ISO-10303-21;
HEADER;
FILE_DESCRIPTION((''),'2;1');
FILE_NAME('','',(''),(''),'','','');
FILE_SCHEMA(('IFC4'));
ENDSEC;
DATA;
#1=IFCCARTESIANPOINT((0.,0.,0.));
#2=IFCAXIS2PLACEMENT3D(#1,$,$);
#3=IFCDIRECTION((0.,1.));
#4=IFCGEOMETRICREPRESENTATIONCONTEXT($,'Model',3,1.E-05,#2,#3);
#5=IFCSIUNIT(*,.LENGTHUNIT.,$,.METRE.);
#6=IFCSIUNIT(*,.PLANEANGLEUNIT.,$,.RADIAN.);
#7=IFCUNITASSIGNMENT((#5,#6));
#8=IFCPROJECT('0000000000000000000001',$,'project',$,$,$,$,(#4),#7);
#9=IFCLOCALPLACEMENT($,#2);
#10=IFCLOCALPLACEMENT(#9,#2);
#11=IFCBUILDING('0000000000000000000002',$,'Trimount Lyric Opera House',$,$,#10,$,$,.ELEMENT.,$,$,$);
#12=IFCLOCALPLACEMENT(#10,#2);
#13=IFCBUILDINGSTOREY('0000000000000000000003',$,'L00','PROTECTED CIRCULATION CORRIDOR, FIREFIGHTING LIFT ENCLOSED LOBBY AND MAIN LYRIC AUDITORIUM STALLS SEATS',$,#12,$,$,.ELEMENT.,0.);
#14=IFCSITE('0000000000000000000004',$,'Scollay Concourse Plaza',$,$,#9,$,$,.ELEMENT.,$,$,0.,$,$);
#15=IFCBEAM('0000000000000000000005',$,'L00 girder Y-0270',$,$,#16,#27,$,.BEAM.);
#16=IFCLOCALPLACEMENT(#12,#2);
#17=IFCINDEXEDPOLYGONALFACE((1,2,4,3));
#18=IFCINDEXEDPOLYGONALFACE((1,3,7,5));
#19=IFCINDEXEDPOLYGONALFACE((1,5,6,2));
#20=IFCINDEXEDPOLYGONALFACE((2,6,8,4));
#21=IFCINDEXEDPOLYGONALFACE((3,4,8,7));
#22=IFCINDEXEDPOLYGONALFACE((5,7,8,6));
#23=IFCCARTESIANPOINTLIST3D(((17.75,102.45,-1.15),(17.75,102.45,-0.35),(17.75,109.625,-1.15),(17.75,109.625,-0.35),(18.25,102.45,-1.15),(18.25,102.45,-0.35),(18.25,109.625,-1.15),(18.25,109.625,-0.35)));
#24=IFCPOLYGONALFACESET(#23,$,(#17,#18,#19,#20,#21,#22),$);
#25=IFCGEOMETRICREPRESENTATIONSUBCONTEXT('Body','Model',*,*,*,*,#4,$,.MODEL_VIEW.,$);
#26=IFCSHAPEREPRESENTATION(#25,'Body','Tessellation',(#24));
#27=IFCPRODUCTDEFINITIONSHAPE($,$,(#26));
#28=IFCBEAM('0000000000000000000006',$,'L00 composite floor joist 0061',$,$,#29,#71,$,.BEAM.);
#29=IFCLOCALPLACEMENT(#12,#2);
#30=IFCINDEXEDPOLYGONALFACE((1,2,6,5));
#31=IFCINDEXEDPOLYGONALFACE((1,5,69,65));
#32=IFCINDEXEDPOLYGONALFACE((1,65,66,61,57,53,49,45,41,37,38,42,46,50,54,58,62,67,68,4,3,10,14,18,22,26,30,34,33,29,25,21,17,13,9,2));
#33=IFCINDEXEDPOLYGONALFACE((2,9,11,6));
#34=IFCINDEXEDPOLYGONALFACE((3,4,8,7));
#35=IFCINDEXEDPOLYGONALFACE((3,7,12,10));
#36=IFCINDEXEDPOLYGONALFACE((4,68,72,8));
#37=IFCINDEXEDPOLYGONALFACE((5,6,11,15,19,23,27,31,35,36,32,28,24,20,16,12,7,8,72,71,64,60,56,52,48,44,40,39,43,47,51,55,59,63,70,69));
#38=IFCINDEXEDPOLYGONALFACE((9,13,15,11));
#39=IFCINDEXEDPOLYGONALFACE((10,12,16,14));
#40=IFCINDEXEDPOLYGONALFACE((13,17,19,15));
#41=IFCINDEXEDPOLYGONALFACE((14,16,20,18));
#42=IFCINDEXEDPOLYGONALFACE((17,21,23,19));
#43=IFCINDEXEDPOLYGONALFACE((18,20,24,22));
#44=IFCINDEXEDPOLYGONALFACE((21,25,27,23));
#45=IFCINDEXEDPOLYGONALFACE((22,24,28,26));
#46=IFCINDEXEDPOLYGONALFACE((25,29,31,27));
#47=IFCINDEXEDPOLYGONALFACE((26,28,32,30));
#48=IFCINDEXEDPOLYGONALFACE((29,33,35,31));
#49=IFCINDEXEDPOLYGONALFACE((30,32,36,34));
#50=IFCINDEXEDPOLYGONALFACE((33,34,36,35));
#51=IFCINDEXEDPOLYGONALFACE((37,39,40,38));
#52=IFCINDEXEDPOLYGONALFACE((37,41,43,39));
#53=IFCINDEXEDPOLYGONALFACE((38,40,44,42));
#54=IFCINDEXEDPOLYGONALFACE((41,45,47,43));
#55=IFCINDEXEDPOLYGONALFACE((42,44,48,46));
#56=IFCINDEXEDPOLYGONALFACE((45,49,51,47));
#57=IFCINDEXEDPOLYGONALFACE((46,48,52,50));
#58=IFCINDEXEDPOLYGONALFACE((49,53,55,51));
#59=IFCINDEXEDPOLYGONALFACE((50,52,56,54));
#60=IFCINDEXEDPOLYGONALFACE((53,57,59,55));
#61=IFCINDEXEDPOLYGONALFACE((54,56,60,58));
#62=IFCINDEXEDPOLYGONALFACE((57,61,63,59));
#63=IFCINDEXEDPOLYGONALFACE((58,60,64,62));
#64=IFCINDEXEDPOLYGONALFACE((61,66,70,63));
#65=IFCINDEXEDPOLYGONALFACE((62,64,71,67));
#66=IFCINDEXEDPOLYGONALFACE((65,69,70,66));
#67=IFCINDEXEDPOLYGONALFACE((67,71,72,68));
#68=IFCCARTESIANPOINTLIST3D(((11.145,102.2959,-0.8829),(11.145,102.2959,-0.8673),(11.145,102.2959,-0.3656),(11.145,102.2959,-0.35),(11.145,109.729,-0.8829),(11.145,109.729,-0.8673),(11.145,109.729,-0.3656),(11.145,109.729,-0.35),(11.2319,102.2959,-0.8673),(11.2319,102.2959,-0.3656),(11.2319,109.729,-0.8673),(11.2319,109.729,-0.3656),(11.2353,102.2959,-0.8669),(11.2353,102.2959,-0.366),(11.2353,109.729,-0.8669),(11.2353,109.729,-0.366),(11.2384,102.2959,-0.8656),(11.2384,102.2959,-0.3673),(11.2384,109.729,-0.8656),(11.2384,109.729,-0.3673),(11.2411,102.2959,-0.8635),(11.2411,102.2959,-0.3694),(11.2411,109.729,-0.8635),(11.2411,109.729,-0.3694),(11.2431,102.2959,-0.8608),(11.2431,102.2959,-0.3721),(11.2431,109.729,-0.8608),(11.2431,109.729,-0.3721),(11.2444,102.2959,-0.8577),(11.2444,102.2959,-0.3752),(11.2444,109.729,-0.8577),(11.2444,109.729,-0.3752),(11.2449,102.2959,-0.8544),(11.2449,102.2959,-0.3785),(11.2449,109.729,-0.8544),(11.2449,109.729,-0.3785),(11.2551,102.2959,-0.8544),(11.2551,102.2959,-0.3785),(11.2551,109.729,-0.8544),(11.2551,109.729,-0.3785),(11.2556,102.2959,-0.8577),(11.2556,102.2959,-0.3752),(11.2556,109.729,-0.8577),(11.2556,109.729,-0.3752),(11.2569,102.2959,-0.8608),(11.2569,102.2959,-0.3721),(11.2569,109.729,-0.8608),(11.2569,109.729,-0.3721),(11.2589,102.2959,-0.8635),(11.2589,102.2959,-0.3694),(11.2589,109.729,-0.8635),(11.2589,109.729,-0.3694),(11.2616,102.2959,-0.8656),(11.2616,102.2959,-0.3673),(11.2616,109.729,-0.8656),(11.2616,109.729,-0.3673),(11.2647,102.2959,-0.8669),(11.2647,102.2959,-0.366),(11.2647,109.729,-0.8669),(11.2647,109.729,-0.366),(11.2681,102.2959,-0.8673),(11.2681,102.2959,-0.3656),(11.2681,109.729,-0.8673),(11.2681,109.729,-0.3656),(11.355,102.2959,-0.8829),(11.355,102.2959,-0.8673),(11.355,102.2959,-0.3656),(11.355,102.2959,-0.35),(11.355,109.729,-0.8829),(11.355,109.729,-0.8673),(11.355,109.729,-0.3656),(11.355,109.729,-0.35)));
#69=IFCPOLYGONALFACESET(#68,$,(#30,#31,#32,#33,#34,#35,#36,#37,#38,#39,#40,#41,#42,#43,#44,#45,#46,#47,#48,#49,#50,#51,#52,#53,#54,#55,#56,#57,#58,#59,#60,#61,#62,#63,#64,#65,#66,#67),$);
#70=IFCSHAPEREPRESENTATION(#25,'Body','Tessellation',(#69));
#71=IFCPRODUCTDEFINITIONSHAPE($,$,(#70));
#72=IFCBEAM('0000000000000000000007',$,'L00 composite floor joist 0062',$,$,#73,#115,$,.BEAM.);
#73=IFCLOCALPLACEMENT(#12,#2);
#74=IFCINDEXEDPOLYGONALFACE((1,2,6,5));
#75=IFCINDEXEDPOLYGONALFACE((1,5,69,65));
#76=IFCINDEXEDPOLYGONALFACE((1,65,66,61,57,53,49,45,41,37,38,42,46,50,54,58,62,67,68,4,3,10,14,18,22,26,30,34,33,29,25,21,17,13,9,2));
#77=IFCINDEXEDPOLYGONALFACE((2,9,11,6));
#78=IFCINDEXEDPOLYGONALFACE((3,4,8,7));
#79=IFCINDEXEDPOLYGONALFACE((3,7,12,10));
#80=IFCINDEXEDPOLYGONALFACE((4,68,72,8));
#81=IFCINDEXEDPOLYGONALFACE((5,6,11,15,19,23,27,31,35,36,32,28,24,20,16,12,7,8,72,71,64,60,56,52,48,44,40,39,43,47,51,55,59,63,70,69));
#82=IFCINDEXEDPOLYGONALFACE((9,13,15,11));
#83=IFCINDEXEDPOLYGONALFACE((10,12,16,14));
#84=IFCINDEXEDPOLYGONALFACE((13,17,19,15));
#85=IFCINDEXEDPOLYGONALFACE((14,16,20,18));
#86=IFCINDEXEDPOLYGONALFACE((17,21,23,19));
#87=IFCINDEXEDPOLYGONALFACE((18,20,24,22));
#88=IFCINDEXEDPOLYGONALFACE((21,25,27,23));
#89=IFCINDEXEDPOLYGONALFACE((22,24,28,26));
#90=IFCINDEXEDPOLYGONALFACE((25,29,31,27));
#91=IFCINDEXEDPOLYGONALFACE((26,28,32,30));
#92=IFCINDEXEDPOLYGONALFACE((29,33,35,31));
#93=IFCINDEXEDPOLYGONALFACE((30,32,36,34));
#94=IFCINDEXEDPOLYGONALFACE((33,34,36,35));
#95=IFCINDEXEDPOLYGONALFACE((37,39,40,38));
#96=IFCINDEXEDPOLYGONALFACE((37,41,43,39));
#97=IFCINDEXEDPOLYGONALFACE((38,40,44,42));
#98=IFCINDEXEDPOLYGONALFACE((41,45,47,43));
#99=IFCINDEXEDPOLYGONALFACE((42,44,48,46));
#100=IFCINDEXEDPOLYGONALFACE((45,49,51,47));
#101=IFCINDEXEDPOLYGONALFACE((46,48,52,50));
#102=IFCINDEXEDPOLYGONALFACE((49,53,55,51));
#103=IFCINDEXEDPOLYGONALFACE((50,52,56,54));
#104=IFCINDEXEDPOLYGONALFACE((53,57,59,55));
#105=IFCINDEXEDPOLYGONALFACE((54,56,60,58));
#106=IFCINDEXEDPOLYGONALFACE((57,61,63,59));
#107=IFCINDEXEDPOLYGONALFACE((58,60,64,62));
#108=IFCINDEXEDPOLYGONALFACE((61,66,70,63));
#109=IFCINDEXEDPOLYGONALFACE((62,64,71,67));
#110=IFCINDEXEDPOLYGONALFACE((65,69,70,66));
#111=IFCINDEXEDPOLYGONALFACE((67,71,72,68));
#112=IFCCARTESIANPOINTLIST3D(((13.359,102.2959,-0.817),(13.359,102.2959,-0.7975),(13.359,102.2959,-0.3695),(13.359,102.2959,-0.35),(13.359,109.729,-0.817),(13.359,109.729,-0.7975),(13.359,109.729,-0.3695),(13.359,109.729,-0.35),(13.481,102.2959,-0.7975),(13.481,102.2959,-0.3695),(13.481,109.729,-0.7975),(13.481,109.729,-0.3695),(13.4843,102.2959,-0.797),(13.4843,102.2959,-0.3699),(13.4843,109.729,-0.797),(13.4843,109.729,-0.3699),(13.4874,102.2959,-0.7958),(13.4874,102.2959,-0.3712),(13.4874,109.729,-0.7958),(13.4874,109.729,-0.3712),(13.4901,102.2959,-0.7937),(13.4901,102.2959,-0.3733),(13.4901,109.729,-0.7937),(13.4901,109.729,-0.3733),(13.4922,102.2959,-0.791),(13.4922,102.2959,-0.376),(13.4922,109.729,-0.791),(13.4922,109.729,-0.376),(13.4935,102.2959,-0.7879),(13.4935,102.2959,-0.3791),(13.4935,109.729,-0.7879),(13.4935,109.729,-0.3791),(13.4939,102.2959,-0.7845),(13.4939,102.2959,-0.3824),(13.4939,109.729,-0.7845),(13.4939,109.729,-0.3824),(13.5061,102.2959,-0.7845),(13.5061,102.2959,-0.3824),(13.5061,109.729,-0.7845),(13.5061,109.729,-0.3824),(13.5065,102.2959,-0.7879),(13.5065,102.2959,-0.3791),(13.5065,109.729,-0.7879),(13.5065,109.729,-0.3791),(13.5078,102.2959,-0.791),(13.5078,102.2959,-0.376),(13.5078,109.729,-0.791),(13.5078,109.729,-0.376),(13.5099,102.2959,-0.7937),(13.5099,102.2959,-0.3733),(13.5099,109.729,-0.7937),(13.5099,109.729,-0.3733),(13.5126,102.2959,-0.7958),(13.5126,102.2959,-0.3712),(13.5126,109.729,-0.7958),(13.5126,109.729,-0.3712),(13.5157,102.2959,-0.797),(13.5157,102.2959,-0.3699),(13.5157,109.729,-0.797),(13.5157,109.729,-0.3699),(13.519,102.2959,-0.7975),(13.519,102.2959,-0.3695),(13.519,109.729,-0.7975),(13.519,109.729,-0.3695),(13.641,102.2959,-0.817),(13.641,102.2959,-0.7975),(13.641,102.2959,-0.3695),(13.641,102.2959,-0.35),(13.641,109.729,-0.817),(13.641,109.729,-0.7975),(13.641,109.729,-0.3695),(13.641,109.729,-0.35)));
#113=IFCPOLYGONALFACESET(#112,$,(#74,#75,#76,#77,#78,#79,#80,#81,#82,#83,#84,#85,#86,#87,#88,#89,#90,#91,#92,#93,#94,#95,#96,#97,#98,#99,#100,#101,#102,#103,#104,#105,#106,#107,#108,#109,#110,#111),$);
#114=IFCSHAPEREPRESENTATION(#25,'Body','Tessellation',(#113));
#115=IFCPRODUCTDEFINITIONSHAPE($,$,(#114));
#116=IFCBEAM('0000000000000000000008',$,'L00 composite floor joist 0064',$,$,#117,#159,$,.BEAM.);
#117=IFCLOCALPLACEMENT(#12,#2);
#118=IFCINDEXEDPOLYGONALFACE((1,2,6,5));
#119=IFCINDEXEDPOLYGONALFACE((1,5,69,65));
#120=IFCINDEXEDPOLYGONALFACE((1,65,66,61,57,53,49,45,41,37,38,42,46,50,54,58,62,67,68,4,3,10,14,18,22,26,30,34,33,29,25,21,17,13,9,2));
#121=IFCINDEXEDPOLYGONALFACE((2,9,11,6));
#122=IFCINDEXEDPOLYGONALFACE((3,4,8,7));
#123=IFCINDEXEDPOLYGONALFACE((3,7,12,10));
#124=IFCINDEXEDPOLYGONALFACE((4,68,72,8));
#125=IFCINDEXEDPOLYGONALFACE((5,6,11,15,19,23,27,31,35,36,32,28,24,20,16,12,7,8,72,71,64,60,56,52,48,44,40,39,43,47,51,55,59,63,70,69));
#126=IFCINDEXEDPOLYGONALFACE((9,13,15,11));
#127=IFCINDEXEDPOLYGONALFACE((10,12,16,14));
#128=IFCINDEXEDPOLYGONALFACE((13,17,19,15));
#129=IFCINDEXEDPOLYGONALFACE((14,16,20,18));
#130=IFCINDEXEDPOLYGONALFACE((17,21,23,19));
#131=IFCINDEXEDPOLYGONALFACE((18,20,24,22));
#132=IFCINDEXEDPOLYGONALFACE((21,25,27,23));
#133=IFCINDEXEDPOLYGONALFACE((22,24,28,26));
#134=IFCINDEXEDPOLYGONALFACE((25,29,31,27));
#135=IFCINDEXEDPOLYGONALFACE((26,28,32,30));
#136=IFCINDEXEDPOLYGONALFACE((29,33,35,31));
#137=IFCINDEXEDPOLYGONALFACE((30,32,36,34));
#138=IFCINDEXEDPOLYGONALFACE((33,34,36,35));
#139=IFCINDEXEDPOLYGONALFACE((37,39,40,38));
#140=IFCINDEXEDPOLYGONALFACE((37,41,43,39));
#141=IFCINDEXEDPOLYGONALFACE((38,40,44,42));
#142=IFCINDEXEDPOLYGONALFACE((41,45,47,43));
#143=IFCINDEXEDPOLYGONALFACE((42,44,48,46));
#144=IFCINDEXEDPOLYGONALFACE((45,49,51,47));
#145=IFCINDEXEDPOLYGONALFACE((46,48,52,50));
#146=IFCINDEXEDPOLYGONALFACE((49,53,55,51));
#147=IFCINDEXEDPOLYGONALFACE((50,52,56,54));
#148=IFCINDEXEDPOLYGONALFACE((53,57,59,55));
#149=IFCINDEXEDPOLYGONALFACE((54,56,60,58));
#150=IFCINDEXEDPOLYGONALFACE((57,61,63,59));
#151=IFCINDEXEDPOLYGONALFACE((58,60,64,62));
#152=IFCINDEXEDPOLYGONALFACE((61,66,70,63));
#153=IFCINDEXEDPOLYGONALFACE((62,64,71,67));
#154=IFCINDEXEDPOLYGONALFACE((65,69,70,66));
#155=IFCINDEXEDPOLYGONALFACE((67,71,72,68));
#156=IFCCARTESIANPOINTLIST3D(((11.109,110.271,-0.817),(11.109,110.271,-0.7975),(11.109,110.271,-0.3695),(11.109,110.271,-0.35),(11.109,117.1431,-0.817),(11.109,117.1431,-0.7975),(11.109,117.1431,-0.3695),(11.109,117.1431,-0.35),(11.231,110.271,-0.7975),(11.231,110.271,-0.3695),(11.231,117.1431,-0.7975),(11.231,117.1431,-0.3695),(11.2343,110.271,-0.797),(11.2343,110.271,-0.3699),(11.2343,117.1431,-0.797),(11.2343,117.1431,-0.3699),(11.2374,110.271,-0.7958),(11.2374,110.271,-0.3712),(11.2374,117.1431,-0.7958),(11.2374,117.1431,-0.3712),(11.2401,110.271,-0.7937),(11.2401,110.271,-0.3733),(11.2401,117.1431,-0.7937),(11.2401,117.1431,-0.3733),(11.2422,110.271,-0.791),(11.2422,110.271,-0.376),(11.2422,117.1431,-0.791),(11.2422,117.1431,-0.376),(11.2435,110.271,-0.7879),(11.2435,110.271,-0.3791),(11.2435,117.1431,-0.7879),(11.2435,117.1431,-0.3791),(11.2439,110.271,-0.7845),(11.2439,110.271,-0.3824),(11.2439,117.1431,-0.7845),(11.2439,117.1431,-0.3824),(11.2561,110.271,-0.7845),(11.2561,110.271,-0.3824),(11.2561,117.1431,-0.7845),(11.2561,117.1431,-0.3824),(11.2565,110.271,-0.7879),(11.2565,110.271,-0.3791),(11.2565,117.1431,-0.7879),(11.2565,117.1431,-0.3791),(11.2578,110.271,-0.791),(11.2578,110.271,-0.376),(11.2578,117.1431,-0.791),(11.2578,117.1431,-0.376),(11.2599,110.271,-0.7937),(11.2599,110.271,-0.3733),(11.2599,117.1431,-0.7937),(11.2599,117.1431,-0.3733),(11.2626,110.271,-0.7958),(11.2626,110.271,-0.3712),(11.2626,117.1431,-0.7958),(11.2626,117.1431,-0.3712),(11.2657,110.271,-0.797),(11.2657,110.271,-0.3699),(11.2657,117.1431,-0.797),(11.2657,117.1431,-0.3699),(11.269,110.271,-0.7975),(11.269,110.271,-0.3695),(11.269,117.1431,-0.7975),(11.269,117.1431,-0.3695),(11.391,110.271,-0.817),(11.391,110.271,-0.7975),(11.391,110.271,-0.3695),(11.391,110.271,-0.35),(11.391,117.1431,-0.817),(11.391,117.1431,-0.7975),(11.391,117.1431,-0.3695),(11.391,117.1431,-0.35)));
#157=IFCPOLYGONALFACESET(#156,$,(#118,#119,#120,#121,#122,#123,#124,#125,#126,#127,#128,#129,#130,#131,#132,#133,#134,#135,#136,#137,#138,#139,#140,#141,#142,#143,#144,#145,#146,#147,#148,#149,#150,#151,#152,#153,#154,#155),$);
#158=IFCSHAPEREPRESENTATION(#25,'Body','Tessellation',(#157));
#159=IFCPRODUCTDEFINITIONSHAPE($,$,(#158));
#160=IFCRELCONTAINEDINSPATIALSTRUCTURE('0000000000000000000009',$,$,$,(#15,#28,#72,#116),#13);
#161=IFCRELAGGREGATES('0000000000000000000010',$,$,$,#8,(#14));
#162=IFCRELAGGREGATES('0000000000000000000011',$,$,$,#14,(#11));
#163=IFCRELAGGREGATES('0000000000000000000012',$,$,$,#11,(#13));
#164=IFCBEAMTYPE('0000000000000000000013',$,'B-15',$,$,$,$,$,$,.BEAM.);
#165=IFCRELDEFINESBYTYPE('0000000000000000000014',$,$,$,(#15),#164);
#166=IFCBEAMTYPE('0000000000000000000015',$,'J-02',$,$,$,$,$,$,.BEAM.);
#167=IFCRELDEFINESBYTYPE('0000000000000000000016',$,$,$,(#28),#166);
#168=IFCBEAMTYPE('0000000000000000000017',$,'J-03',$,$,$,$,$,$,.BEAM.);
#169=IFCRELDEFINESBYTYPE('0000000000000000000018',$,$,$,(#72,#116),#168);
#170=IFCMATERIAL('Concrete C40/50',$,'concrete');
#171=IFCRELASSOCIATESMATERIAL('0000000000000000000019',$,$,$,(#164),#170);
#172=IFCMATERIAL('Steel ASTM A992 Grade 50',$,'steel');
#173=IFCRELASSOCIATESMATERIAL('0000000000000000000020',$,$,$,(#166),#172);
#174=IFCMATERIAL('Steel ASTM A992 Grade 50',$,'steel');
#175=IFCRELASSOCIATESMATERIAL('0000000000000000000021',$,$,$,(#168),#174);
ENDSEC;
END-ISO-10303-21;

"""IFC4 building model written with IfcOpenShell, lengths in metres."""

from ifc_helpers import new_model, si_unit, direction, frame, origin, origin_2d, place, context, subcontext, project, spatial, rectangle, i_section, extrude, material, material_profile, profile_set, type_object, element, save


model = new_model("IFC4")

# Units and contexts
model_context = context("Model", 3, precision=1e-05, world=origin(), true_north=direction((0.0, 1.0)))
body_context = subcontext(model_context, "Body", "Model", "MODEL_VIEW")
ifc_project = project(units=[si_unit("LENGTHUNIT", "METRE"), si_unit("PLANEANGLEUNIT", "RADIAN")], contexts=[model_context])

# Site, building, storey
site_placement = place(None, origin())
site = spatial("IfcSite", under=ifc_project, at=site_placement, Name="Scollay Concourse Plaza", CompositionType="ELEMENT", RefElevation=0.0)
building_placement = place(site_placement, origin())
building = spatial("IfcBuilding", under=site, at=building_placement, Name="Trimount Lyric Opera House", CompositionType="ELEMENT")
storey_placement = place(building_placement, origin())
storey = spatial("IfcBuildingStorey", under=building, at=storey_placement, Name="L00", Description="PROTECTED CIRCULATION CORRIDOR, FIREFIGHTING LIFT ENCLOSED LOBBY AND MAIN LYRIC AUDITORIUM STALLS SEATS", CompositionType="ELEMENT", Elevation=0.0)

# Beams
ifc_material_1 = material(Name="Concrete C40/50", Category="concrete")
ifc_material_profile_1 = material_profile(ifc_material_1, rectangle(XDim=0.5, YDim=0.8, at=origin_2d()), Name="RC500X800")
ifc_profile_set_1 = profile_set([ifc_material_profile_1], Name="Concrete C40/50")
beam_type_1 = type_object("IfcBeamType", Name="B-15", PredefinedType="BEAM", material=ifc_profile_set_1)
beam_1_placement = place(storey_placement, frame((18.0, 102.45, -0.75), z_axis=(0.0, 1.0, 0.0), x_axis=(-1.0, 0.0, 0.0)))
element("IfcBeam", 1, at=beam_1_placement, inside=storey, type_object=beam_type_1, Name="L00 girder Y-0270", PredefinedType="BEAM", context=body_context, shape_type="SweptSolid", body=[
    extrude(rectangle(XDim=0.5, YDim=0.8, at=origin_2d()), origin(), (0.0, 0.0, 1.0), 7.175),
])
ifc_material_2 = material(Name="Steel ASTM A992 Grade 50", Category="steel")
ifc_material_profile_2 = material_profile(ifc_material_2, i_section(OverallWidth=0.21, OverallDepth=0.533, WebThickness=0.0103, FlangeThickness=0.0156, FilletRadius=0.0129, at=origin_2d()), Name="W21X62")
ifc_profile_set_2 = profile_set([ifc_material_profile_2], Name="Steel ASTM A992 Grade 50")
beam_type_2 = type_object("IfcBeamType", Name="J-02", PredefinedType="BEAM", material=ifc_profile_set_2)
beam_2_placement = place(storey_placement, frame((11.25, 102.2959, -0.6165), z_axis=(0.0, 1.0, 0.0), x_axis=(-1.0, 0.0, 0.0)))
element("IfcBeam", 2, at=beam_2_placement, inside=storey, type_object=beam_type_2, Name="L00 composite floor joist 0061", PredefinedType="BEAM", context=body_context, shape_type="SweptSolid", body=[
    extrude(i_section(OverallWidth=0.21, OverallDepth=0.533, WebThickness=0.0103, FlangeThickness=0.0156, FilletRadius=0.0129, at=origin_2d()), origin(), (0.0, 0.0, 1.0), 7.4331),
])
ifc_material_3 = material(Name="Steel ASTM A992 Grade 50", Category="steel")
ifc_material_profile_3 = material_profile(ifc_material_3, i_section(OverallWidth=0.282, OverallDepth=0.467, WebThickness=0.0122, FlangeThickness=0.0195, FilletRadius=0.0129, at=origin_2d()), Name="W18X86")
ifc_profile_set_3 = profile_set([ifc_material_profile_3], Name="Steel ASTM A992 Grade 50")
beam_type_3 = type_object("IfcBeamType", Name="J-03", PredefinedType="BEAM", material=ifc_profile_set_3)
beam_3_placement = place(storey_placement, frame((13.5, 102.2959, -0.5835), z_axis=(0.0, 1.0, 0.0), x_axis=(-1.0, 0.0, 0.0)))
element("IfcBeam", 3, at=beam_3_placement, inside=storey, type_object=beam_type_3, Name="L00 composite floor joist 0062", PredefinedType="BEAM", context=body_context, shape_type="SweptSolid", body=[
    extrude(i_section(OverallWidth=0.282, OverallDepth=0.467, WebThickness=0.0122, FlangeThickness=0.0195, FilletRadius=0.0129, at=origin_2d()), origin(), (0.0, 0.0, 1.0), 7.4331),
])
beam_4_placement = place(storey_placement, frame((11.25, 110.271, -0.5835), z_axis=(0.0, 1.0, 0.0), x_axis=(-1.0, 0.0, 0.0)))
element("IfcBeam", 4, at=beam_4_placement, inside=storey, type_object=beam_type_3, Name="L00 composite floor joist 0064", PredefinedType="BEAM", context=body_context, shape_type="SweptSolid", body=[
    extrude(i_section(OverallWidth=0.282, OverallDepth=0.467, WebThickness=0.0122, FlangeThickness=0.0195, FilletRadius=0.0129, at=origin_2d()), origin(), (0.0, 0.0, 1.0), 6.8721),
])

save(model, "model.ifc")
